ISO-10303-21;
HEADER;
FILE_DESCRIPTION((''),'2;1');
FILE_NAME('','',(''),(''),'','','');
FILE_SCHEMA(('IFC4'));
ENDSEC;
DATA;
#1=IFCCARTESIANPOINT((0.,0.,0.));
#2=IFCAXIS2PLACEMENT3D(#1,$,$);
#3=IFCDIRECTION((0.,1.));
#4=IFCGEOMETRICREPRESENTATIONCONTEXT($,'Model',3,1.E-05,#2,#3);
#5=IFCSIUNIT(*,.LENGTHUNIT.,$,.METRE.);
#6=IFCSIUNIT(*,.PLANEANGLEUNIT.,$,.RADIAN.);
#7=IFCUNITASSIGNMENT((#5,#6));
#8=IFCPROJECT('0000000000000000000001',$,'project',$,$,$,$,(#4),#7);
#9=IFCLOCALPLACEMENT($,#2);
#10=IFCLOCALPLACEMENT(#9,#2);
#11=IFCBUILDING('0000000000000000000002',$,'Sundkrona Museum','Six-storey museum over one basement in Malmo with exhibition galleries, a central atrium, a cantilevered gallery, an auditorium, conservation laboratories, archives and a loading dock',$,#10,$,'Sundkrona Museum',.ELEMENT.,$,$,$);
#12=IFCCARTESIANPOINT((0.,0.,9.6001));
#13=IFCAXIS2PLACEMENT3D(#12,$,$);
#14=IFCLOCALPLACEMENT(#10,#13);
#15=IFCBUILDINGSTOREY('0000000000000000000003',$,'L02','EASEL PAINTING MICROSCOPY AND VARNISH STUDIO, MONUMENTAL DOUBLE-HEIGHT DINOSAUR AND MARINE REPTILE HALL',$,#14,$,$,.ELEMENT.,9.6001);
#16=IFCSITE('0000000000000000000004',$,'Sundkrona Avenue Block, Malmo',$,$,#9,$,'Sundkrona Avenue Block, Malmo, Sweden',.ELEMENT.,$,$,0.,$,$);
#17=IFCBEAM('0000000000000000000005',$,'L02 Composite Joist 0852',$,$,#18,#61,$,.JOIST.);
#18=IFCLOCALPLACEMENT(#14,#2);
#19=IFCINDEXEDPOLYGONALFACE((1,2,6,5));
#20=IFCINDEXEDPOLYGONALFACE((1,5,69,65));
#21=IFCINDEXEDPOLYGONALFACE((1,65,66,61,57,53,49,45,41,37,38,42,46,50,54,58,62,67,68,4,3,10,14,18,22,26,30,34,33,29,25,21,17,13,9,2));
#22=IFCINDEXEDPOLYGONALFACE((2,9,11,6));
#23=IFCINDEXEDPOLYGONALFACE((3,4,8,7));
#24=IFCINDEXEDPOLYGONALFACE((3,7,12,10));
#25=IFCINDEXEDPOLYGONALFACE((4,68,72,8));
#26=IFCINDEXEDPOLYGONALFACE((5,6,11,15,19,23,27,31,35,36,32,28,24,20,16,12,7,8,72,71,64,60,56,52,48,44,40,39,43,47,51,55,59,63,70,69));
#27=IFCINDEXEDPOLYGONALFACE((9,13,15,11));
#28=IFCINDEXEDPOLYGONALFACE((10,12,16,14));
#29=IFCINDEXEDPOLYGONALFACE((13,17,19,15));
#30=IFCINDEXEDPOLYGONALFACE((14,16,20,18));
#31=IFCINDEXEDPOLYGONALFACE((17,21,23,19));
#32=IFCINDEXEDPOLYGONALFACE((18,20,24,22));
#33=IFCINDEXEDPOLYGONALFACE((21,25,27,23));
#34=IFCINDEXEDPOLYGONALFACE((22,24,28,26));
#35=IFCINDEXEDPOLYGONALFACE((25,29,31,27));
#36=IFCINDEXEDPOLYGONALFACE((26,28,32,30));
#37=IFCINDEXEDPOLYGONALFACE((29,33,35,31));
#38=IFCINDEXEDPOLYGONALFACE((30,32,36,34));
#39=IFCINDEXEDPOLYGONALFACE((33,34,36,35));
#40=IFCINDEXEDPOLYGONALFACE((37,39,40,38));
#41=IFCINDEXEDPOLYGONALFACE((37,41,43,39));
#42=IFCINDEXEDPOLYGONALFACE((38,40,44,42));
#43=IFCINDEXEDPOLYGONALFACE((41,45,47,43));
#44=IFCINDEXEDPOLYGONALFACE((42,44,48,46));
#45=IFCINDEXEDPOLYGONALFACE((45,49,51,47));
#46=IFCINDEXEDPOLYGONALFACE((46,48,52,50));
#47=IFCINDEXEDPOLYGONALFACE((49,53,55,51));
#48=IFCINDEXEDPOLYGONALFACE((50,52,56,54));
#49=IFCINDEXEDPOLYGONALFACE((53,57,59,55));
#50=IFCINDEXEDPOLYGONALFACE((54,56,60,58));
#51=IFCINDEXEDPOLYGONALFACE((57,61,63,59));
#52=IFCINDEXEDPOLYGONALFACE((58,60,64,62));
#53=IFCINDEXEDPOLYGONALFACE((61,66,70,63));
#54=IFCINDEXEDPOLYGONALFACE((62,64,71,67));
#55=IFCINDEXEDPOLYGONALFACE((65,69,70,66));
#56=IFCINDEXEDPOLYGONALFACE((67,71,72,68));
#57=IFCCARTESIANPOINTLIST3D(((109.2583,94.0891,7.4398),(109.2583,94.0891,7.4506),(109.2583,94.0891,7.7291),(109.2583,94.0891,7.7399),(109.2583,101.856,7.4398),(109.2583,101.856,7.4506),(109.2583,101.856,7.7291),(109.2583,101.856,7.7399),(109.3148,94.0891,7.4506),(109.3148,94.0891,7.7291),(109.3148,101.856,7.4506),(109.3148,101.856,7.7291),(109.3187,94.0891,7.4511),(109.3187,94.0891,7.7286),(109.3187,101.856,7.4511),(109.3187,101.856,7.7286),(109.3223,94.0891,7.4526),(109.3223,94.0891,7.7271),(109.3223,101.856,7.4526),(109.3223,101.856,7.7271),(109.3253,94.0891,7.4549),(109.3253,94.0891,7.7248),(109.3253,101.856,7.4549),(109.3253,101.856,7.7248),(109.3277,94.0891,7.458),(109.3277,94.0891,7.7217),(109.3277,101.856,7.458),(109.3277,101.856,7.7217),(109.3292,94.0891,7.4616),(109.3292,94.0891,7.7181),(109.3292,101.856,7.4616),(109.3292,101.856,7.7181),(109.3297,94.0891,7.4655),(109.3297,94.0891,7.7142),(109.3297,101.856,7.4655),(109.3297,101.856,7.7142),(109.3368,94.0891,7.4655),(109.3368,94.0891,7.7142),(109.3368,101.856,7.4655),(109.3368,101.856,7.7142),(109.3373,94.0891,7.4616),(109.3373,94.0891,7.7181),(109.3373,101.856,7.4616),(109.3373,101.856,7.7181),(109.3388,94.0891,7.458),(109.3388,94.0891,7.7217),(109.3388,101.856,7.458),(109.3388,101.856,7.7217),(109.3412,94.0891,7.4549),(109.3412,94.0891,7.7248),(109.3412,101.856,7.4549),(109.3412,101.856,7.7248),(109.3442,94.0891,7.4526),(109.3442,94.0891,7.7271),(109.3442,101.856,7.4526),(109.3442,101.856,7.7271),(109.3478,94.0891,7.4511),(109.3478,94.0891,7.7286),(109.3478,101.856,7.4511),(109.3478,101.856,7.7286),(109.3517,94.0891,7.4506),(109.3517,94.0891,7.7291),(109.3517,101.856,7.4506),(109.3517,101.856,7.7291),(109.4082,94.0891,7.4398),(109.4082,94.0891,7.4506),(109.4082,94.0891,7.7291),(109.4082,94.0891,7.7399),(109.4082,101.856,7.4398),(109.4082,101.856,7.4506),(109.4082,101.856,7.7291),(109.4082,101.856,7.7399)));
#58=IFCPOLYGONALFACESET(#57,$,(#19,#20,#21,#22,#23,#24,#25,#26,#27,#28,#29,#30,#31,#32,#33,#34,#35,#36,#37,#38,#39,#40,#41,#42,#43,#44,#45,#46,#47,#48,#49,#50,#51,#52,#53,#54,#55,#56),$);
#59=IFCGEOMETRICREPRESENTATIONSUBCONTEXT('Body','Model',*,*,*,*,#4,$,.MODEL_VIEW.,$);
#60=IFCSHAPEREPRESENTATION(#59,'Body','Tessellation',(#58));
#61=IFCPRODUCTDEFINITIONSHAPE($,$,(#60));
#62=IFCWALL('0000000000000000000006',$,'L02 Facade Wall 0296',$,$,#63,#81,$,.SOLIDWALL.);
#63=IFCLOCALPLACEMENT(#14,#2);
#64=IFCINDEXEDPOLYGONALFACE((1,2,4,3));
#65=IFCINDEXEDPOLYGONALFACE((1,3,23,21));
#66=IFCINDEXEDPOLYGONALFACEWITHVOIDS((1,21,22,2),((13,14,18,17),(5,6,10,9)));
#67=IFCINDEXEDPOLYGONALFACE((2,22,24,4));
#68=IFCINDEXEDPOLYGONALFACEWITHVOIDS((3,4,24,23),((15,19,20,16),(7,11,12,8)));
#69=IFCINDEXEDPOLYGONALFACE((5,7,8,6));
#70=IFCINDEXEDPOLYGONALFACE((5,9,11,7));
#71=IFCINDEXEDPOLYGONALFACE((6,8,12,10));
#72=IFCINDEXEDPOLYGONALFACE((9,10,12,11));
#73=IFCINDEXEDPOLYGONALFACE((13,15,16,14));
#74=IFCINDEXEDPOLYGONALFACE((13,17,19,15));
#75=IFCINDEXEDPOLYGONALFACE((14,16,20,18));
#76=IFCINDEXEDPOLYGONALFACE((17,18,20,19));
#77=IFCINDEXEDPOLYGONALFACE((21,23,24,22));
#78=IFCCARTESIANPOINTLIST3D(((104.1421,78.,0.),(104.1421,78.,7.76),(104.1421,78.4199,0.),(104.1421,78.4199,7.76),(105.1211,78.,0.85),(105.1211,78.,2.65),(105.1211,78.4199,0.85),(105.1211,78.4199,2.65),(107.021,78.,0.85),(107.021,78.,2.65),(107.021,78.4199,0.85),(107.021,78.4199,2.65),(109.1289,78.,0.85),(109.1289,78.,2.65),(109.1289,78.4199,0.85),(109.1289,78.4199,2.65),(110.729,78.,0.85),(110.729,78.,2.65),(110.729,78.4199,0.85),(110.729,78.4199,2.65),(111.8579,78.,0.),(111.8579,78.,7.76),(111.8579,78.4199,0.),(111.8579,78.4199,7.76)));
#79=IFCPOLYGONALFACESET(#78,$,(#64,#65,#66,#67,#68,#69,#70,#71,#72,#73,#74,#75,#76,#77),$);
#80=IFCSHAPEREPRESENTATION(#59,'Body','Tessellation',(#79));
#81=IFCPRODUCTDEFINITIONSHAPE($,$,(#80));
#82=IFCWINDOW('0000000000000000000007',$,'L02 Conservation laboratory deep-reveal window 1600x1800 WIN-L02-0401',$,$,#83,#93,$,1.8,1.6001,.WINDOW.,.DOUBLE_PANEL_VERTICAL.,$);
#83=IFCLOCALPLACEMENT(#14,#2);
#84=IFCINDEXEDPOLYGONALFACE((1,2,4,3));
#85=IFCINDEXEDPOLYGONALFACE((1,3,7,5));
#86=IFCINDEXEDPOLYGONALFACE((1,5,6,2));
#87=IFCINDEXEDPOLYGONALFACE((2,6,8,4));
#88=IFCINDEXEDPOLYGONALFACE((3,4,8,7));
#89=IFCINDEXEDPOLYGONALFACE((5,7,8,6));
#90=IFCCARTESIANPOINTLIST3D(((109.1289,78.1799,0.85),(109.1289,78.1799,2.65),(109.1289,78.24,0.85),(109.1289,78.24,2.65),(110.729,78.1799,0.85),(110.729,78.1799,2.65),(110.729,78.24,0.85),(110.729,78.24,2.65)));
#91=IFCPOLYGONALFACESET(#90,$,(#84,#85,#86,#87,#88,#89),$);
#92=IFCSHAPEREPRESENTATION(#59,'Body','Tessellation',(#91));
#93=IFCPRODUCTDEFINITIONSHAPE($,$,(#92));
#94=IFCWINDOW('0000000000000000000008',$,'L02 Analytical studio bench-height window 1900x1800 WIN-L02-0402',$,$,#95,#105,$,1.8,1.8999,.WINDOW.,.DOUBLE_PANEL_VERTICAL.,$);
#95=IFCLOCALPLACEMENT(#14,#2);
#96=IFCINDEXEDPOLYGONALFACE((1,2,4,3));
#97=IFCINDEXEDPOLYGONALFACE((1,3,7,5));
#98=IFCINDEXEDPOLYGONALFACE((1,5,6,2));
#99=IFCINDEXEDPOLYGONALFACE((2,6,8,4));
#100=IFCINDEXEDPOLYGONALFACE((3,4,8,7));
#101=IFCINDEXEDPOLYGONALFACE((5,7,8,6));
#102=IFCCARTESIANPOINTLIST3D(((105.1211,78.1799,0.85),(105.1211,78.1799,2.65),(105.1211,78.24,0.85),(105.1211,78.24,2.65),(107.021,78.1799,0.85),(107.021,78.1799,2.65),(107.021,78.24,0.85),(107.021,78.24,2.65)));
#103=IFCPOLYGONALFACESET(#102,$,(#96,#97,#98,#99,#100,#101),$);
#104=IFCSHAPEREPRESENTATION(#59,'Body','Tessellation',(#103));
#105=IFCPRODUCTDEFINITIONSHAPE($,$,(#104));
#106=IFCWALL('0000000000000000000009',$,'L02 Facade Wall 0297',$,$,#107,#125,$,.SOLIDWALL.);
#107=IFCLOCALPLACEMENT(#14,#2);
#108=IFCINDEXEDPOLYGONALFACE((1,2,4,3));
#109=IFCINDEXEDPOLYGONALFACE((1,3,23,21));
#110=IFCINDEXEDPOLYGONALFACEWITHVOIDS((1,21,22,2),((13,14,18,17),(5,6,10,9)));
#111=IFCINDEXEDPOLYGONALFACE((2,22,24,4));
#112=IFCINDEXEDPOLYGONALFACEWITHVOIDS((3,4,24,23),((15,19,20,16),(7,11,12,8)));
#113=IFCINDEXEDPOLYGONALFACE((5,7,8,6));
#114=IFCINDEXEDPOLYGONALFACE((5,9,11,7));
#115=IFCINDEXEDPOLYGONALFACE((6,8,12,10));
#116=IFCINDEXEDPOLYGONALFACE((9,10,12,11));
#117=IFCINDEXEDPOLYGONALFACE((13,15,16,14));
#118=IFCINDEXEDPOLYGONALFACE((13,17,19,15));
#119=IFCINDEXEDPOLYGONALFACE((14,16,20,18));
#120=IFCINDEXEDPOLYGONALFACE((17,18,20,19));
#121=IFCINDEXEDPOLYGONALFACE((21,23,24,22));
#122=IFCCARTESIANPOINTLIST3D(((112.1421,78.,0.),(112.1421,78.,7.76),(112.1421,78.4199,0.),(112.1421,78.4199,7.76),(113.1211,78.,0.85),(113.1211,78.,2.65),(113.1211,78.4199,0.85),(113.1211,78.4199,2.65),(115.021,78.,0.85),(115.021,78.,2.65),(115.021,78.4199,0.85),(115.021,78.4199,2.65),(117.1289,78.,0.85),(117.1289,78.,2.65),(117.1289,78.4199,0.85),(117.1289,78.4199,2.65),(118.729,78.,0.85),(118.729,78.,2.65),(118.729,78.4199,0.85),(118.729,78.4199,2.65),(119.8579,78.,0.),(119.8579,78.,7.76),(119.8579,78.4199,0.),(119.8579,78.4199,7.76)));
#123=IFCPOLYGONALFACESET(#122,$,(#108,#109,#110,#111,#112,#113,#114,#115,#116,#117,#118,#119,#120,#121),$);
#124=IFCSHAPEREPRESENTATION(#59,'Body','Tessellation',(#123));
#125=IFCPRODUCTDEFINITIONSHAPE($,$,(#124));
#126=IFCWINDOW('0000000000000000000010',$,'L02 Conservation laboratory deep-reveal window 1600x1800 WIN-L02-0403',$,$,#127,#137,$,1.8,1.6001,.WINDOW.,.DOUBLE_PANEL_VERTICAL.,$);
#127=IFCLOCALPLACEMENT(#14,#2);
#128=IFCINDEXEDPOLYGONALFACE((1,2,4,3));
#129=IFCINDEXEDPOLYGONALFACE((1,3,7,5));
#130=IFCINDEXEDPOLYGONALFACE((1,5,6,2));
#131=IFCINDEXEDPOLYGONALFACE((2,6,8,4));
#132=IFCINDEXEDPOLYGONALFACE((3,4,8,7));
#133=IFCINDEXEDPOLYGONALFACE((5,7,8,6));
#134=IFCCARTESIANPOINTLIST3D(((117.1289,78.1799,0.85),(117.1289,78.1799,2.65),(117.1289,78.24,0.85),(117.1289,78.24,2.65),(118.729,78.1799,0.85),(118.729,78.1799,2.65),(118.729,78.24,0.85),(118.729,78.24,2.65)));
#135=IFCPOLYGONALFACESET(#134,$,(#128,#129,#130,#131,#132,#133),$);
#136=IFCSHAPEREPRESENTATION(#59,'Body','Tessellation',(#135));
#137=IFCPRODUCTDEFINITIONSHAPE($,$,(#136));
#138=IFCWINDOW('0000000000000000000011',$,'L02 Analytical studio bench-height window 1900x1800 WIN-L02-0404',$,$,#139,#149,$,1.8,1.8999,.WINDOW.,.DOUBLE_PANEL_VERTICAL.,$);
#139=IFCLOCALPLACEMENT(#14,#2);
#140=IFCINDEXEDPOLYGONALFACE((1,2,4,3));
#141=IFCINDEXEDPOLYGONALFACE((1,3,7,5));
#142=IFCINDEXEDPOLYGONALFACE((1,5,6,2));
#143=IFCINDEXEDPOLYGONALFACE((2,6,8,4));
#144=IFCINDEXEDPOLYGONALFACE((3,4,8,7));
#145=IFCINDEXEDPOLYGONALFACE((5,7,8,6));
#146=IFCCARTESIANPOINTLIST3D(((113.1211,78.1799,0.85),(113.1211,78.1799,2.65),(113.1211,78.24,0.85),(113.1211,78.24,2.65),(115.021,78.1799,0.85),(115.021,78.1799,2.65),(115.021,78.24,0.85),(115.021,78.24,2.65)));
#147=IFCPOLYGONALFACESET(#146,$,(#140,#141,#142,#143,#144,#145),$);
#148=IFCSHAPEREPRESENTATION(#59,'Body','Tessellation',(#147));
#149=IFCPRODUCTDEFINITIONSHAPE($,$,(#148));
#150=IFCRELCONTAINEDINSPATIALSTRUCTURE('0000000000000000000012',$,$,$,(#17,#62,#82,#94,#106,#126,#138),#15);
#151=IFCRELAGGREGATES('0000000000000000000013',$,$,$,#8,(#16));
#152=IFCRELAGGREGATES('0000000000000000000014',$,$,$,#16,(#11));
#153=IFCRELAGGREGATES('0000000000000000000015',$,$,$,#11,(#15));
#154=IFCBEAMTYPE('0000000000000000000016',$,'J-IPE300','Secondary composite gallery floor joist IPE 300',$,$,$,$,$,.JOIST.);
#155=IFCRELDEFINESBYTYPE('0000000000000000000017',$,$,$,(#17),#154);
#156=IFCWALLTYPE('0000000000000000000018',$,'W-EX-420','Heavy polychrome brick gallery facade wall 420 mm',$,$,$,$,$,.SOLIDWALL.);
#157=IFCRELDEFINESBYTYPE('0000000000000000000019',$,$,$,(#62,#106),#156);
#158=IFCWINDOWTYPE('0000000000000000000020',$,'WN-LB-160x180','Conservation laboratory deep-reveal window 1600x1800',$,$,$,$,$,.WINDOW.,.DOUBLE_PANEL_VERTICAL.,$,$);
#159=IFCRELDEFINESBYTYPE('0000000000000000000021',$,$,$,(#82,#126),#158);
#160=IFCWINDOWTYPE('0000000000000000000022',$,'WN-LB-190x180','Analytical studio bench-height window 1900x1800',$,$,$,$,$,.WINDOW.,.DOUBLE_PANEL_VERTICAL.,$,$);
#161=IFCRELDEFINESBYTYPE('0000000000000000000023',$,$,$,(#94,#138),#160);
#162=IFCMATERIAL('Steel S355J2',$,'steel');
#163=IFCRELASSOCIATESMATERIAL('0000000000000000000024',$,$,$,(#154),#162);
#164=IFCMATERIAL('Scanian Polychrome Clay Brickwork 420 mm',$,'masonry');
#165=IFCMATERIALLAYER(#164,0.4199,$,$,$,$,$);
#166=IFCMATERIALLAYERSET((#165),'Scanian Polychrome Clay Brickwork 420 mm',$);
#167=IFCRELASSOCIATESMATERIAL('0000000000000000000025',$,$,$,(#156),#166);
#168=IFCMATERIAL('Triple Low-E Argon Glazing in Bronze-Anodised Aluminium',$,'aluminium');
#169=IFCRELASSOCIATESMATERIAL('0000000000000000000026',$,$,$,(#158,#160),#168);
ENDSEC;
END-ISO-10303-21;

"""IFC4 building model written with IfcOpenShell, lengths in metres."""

from ifc_helpers import new_model, si_unit, direction, frame, frame_2d, origin, origin_2d, place, context, subcontext, project, spatial, rectangle, i_section, extrude, material, layer, layer_set, material_profile, profile_set, type_object, element, fill, save


model = new_model("IFC4")

# Units and contexts
model_context = context("Model", 3, precision=1e-05, world=origin(), true_north=direction((0.0, 1.0)))
body_context = subcontext(model_context, "Body", "Model", "MODEL_VIEW")
ifc_project = project(units=[si_unit("LENGTHUNIT", "METRE"), si_unit("PLANEANGLEUNIT", "RADIAN")], contexts=[model_context])

# Site, building, storey
site_placement = place(None, origin())
site = spatial("IfcSite", under=ifc_project, at=site_placement, Name="Sundkrona Avenue Block, Malmo", LongName="Sundkrona Avenue Block, Malmo, Sweden", CompositionType="ELEMENT", RefElevation=0.0)
building_placement = place(site_placement, origin())
building = spatial("IfcBuilding", under=site, at=building_placement, Name="Sundkrona Museum", Description="Six-storey museum over one basement in Malmo with exhibition galleries, a central atrium, a cantilevered gallery, an auditorium, conservation laboratories, archives and a loading dock", LongName="Sundkrona Museum", CompositionType="ELEMENT")
storey_placement = place(building_placement, frame((0.0, 0.0, 9.6001)))
storey = spatial("IfcBuildingStorey", under=building, at=storey_placement, Name="L02", Description="EASEL PAINTING MICROSCOPY AND VARNISH STUDIO, MONUMENTAL DOUBLE-HEIGHT DINOSAUR AND MARINE REPTILE HALL", CompositionType="ELEMENT", Elevation=9.6001)

# Shared definitions
ifc_material_1 = material(Name="Steel S355J2", Category="steel")

# Beam
ifc_material_profile_1 = material_profile(ifc_material_1, i_section(OverallWidth=0.1499, OverallDepth=0.3, WebThickness=0.0071, FlangeThickness=0.0107, FilletRadius=0.0149, at=origin_2d()), Name="IPE 300")
ifc_profile_set_1 = profile_set([ifc_material_profile_1], Name="Steel S355J2")
beam_type_1 = type_object("IfcBeamType", Name="J-IPE300", Description="Secondary composite gallery floor joist IPE 300", PredefinedType="JOIST", material=ifc_profile_set_1)
beam_1_placement = place(storey_placement, frame((109.3333, 94.0891, 7.5898), z_axis=(0.0, 1.0, 0.0), x_axis=(-1.0, 0.0, 0.0)))
element("IfcBeam", 1, at=beam_1_placement, inside=storey, type_object=beam_type_1, Name="L02 Composite Joist 0852", PredefinedType="JOIST", context=body_context, shape_type="SweptSolid", body=[
    extrude(i_section(OverallWidth=0.1499, OverallDepth=0.3, WebThickness=0.0071, FlangeThickness=0.0107, FilletRadius=0.0149, at=origin_2d()), origin(), (0.0, 0.0, 1.0), 7.7668),
])

# Walls, openings, windows
ifc_material_2 = material(Name="Scanian Polychrome Clay Brickwork 420 mm", Category="masonry")
ifc_layer = layer(ifc_material_2, 0.4199)
ifc_layer_set = layer_set([ifc_layer], Name="Scanian Polychrome Clay Brickwork 420 mm")
wall_type = type_object("IfcWallType", Name="W-EX-420", Description="Heavy polychrome brick gallery facade wall 420 mm", PredefinedType="SOLIDWALL", material=ifc_layer_set)
wall_1_placement = place(storey_placement, frame((111.8579, 78.21, 0.0), z_axis=(0.0, 0.0, 1.0), x_axis=(-1.0, 0.0, 0.0)))
wall_1 = element("IfcWall", 2, at=wall_1_placement, inside=storey, type_object=wall_type, Name="L02 Facade Wall 0296", PredefinedType="SOLIDWALL", context=body_context, shape_type="SweptSolid", body=[
    extrude(rectangle(XDim=7.7158, YDim=0.4199, at=frame_2d((3.8579, 0.0))), origin(), (0.0, 0.0, 1.0), 7.76),
])
opening_1_placement = place(wall_1_placement, frame((1.1289, 0.0, 0.8501)))
opening_1 = element("IfcOpeningElement", 3, at=opening_1_placement, cuts=wall_1, PredefinedType="OPENING", context=body_context, shape_type="SweptSolid", body=[
    extrude(rectangle(XDim=1.6001, YDim=1.8, at=frame_2d((0.8, 0.8999))), frame((0.0, 0.22, 0.0), z_axis=(0.0, -1.0, 0.0), x_axis=(1.0, 0.0, 0.0)), (0.0, 0.0, 1.0), 0.4399),
])
opening_2_placement = place(wall_1_placement, frame((4.8369, 0.0, 0.8501)))
opening_2 = element("IfcOpeningElement", 4, at=opening_2_placement, cuts=wall_1, PredefinedType="OPENING", context=body_context, shape_type="SweptSolid", body=[
    extrude(rectangle(XDim=1.8999, YDim=1.8, at=frame_2d((0.95, 0.8999))), frame((0.0, 0.22, 0.0), z_axis=(0.0, -1.0, 0.0), x_axis=(1.0, 0.0, 0.0)), (0.0, 0.0, 1.0), 0.4399),
])
ifc_material_3 = material(Name="Triple Low-E Argon Glazing in Bronze-Anodised Aluminium", Category="aluminium")
window_type_1 = type_object("IfcWindowType", Name="WN-LB-160x180", Description="Conservation laboratory deep-reveal window 1600x1800", PartitioningType="DOUBLE_PANEL_VERTICAL", PredefinedType="WINDOW", material=ifc_material_3)
window_1_placement = place(opening_1_placement, origin())
window_1 = element("IfcWindow", 5, at=window_1_placement, inside=storey, type_object=window_type_1, Name="L02 Conservation laboratory deep-reveal window 1600x1800 WIN-L02-0401", OverallHeight=1.8, OverallWidth=1.6001, PartitioningType="DOUBLE_PANEL_VERTICAL", PredefinedType="WINDOW", context=body_context, shape_type="SweptSolid", body=[
    extrude(rectangle(XDim=1.6001, YDim=1.8, at=frame_2d((0.8, 0.8999))), frame((0.0, 0.03, 0.0), z_axis=(0.0, -1.0, 0.0), x_axis=(1.0, 0.0, 0.0)), (0.0, 0.0, 1.0), 0.0601),
])
fill(opening_1, window_1)
window_type_2 = type_object("IfcWindowType", Name="WN-LB-190x180", Description="Analytical studio bench-height window 1900x1800", PartitioningType="DOUBLE_PANEL_VERTICAL", PredefinedType="WINDOW", material=ifc_material_3)
window_2_placement = place(opening_2_placement, origin())
window_2 = element("IfcWindow", 6, at=window_2_placement, inside=storey, type_object=window_type_2, Name="L02 Analytical studio bench-height window 1900x1800 WIN-L02-0402", OverallHeight=1.8, OverallWidth=1.8999, PartitioningType="DOUBLE_PANEL_VERTICAL", PredefinedType="WINDOW", context=body_context, shape_type="SweptSolid", body=[
    extrude(rectangle(XDim=1.8999, YDim=1.8, at=frame_2d((0.95, 0.8999))), frame((0.0, 0.03, 0.0), z_axis=(0.0, -1.0, 0.0), x_axis=(1.0, 0.0, 0.0)), (0.0, 0.0, 1.0), 0.0601),
])
fill(opening_2, window_2)
wall_2_placement = place(storey_placement, frame((119.8579, 78.21, 0.0), z_axis=(0.0, 0.0, 1.0), x_axis=(-1.0, 0.0, 0.0)))
wall_2 = element("IfcWall", 7, at=wall_2_placement, inside=storey, type_object=wall_type, Name="L02 Facade Wall 0297", PredefinedType="SOLIDWALL", context=body_context, shape_type="SweptSolid", body=[
    extrude(rectangle(XDim=7.7158, YDim=0.4199, at=frame_2d((3.8579, 0.0))), origin(), (0.0, 0.0, 1.0), 7.76),
])
opening_3_placement = place(wall_2_placement, frame((1.1289, 0.0, 0.8501)))
opening_3 = element("IfcOpeningElement", 8, at=opening_3_placement, cuts=wall_2, PredefinedType="OPENING", context=body_context, shape_type="SweptSolid", body=[
    extrude(rectangle(XDim=1.6001, YDim=1.8, at=frame_2d((0.8, 0.8999))), frame((0.0, 0.22, 0.0), z_axis=(0.0, -1.0, 0.0), x_axis=(1.0, 0.0, 0.0)), (0.0, 0.0, 1.0), 0.4399),
])
opening_4_placement = place(wall_2_placement, frame((4.8369, 0.0, 0.8501)))
opening_4 = element("IfcOpeningElement", 9, at=opening_4_placement, cuts=wall_2, PredefinedType="OPENING", context=body_context, shape_type="SweptSolid", body=[
    extrude(rectangle(XDim=1.8999, YDim=1.8, at=frame_2d((0.95, 0.8999))), frame((0.0, 0.22, 0.0), z_axis=(0.0, -1.0, 0.0), x_axis=(1.0, 0.0, 0.0)), (0.0, 0.0, 1.0), 0.4399),
])
window_3_placement = place(opening_3_placement, origin())
window_3 = element("IfcWindow", 10, at=window_3_placement, inside=storey, type_object=window_type_1, Name="L02 Conservation laboratory deep-reveal window 1600x1800 WIN-L02-0403", OverallHeight=1.8, OverallWidth=1.6001, PartitioningType="DOUBLE_PANEL_VERTICAL", PredefinedType="WINDOW", context=body_context, shape_type="SweptSolid", body=[
    extrude(rectangle(XDim=1.6001, YDim=1.8, at=frame_2d((0.8, 0.8999))), frame((0.0, 0.03, 0.0), z_axis=(0.0, -1.0, 0.0), x_axis=(1.0, 0.0, 0.0)), (0.0, 0.0, 1.0), 0.0601),
])
fill(opening_3, window_3)
window_4_placement = place(opening_4_placement, origin())
window_4 = element("IfcWindow", 11, at=window_4_placement, inside=storey, type_object=window_type_2, Name="L02 Analytical studio bench-height window 1900x1800 WIN-L02-0404", OverallHeight=1.8, OverallWidth=1.8999, PartitioningType="DOUBLE_PANEL_VERTICAL", PredefinedType="WINDOW", context=body_context, shape_type="SweptSolid", body=[
    extrude(rectangle(XDim=1.8999, YDim=1.8, at=frame_2d((0.95, 0.8999))), frame((0.0, 0.03, 0.0), z_axis=(0.0, -1.0, 0.0), x_axis=(1.0, 0.0, 0.0)), (0.0, 0.0, 1.0), 0.0601),
])
fill(opening_4, window_4)

save(model, "model.ifc")
